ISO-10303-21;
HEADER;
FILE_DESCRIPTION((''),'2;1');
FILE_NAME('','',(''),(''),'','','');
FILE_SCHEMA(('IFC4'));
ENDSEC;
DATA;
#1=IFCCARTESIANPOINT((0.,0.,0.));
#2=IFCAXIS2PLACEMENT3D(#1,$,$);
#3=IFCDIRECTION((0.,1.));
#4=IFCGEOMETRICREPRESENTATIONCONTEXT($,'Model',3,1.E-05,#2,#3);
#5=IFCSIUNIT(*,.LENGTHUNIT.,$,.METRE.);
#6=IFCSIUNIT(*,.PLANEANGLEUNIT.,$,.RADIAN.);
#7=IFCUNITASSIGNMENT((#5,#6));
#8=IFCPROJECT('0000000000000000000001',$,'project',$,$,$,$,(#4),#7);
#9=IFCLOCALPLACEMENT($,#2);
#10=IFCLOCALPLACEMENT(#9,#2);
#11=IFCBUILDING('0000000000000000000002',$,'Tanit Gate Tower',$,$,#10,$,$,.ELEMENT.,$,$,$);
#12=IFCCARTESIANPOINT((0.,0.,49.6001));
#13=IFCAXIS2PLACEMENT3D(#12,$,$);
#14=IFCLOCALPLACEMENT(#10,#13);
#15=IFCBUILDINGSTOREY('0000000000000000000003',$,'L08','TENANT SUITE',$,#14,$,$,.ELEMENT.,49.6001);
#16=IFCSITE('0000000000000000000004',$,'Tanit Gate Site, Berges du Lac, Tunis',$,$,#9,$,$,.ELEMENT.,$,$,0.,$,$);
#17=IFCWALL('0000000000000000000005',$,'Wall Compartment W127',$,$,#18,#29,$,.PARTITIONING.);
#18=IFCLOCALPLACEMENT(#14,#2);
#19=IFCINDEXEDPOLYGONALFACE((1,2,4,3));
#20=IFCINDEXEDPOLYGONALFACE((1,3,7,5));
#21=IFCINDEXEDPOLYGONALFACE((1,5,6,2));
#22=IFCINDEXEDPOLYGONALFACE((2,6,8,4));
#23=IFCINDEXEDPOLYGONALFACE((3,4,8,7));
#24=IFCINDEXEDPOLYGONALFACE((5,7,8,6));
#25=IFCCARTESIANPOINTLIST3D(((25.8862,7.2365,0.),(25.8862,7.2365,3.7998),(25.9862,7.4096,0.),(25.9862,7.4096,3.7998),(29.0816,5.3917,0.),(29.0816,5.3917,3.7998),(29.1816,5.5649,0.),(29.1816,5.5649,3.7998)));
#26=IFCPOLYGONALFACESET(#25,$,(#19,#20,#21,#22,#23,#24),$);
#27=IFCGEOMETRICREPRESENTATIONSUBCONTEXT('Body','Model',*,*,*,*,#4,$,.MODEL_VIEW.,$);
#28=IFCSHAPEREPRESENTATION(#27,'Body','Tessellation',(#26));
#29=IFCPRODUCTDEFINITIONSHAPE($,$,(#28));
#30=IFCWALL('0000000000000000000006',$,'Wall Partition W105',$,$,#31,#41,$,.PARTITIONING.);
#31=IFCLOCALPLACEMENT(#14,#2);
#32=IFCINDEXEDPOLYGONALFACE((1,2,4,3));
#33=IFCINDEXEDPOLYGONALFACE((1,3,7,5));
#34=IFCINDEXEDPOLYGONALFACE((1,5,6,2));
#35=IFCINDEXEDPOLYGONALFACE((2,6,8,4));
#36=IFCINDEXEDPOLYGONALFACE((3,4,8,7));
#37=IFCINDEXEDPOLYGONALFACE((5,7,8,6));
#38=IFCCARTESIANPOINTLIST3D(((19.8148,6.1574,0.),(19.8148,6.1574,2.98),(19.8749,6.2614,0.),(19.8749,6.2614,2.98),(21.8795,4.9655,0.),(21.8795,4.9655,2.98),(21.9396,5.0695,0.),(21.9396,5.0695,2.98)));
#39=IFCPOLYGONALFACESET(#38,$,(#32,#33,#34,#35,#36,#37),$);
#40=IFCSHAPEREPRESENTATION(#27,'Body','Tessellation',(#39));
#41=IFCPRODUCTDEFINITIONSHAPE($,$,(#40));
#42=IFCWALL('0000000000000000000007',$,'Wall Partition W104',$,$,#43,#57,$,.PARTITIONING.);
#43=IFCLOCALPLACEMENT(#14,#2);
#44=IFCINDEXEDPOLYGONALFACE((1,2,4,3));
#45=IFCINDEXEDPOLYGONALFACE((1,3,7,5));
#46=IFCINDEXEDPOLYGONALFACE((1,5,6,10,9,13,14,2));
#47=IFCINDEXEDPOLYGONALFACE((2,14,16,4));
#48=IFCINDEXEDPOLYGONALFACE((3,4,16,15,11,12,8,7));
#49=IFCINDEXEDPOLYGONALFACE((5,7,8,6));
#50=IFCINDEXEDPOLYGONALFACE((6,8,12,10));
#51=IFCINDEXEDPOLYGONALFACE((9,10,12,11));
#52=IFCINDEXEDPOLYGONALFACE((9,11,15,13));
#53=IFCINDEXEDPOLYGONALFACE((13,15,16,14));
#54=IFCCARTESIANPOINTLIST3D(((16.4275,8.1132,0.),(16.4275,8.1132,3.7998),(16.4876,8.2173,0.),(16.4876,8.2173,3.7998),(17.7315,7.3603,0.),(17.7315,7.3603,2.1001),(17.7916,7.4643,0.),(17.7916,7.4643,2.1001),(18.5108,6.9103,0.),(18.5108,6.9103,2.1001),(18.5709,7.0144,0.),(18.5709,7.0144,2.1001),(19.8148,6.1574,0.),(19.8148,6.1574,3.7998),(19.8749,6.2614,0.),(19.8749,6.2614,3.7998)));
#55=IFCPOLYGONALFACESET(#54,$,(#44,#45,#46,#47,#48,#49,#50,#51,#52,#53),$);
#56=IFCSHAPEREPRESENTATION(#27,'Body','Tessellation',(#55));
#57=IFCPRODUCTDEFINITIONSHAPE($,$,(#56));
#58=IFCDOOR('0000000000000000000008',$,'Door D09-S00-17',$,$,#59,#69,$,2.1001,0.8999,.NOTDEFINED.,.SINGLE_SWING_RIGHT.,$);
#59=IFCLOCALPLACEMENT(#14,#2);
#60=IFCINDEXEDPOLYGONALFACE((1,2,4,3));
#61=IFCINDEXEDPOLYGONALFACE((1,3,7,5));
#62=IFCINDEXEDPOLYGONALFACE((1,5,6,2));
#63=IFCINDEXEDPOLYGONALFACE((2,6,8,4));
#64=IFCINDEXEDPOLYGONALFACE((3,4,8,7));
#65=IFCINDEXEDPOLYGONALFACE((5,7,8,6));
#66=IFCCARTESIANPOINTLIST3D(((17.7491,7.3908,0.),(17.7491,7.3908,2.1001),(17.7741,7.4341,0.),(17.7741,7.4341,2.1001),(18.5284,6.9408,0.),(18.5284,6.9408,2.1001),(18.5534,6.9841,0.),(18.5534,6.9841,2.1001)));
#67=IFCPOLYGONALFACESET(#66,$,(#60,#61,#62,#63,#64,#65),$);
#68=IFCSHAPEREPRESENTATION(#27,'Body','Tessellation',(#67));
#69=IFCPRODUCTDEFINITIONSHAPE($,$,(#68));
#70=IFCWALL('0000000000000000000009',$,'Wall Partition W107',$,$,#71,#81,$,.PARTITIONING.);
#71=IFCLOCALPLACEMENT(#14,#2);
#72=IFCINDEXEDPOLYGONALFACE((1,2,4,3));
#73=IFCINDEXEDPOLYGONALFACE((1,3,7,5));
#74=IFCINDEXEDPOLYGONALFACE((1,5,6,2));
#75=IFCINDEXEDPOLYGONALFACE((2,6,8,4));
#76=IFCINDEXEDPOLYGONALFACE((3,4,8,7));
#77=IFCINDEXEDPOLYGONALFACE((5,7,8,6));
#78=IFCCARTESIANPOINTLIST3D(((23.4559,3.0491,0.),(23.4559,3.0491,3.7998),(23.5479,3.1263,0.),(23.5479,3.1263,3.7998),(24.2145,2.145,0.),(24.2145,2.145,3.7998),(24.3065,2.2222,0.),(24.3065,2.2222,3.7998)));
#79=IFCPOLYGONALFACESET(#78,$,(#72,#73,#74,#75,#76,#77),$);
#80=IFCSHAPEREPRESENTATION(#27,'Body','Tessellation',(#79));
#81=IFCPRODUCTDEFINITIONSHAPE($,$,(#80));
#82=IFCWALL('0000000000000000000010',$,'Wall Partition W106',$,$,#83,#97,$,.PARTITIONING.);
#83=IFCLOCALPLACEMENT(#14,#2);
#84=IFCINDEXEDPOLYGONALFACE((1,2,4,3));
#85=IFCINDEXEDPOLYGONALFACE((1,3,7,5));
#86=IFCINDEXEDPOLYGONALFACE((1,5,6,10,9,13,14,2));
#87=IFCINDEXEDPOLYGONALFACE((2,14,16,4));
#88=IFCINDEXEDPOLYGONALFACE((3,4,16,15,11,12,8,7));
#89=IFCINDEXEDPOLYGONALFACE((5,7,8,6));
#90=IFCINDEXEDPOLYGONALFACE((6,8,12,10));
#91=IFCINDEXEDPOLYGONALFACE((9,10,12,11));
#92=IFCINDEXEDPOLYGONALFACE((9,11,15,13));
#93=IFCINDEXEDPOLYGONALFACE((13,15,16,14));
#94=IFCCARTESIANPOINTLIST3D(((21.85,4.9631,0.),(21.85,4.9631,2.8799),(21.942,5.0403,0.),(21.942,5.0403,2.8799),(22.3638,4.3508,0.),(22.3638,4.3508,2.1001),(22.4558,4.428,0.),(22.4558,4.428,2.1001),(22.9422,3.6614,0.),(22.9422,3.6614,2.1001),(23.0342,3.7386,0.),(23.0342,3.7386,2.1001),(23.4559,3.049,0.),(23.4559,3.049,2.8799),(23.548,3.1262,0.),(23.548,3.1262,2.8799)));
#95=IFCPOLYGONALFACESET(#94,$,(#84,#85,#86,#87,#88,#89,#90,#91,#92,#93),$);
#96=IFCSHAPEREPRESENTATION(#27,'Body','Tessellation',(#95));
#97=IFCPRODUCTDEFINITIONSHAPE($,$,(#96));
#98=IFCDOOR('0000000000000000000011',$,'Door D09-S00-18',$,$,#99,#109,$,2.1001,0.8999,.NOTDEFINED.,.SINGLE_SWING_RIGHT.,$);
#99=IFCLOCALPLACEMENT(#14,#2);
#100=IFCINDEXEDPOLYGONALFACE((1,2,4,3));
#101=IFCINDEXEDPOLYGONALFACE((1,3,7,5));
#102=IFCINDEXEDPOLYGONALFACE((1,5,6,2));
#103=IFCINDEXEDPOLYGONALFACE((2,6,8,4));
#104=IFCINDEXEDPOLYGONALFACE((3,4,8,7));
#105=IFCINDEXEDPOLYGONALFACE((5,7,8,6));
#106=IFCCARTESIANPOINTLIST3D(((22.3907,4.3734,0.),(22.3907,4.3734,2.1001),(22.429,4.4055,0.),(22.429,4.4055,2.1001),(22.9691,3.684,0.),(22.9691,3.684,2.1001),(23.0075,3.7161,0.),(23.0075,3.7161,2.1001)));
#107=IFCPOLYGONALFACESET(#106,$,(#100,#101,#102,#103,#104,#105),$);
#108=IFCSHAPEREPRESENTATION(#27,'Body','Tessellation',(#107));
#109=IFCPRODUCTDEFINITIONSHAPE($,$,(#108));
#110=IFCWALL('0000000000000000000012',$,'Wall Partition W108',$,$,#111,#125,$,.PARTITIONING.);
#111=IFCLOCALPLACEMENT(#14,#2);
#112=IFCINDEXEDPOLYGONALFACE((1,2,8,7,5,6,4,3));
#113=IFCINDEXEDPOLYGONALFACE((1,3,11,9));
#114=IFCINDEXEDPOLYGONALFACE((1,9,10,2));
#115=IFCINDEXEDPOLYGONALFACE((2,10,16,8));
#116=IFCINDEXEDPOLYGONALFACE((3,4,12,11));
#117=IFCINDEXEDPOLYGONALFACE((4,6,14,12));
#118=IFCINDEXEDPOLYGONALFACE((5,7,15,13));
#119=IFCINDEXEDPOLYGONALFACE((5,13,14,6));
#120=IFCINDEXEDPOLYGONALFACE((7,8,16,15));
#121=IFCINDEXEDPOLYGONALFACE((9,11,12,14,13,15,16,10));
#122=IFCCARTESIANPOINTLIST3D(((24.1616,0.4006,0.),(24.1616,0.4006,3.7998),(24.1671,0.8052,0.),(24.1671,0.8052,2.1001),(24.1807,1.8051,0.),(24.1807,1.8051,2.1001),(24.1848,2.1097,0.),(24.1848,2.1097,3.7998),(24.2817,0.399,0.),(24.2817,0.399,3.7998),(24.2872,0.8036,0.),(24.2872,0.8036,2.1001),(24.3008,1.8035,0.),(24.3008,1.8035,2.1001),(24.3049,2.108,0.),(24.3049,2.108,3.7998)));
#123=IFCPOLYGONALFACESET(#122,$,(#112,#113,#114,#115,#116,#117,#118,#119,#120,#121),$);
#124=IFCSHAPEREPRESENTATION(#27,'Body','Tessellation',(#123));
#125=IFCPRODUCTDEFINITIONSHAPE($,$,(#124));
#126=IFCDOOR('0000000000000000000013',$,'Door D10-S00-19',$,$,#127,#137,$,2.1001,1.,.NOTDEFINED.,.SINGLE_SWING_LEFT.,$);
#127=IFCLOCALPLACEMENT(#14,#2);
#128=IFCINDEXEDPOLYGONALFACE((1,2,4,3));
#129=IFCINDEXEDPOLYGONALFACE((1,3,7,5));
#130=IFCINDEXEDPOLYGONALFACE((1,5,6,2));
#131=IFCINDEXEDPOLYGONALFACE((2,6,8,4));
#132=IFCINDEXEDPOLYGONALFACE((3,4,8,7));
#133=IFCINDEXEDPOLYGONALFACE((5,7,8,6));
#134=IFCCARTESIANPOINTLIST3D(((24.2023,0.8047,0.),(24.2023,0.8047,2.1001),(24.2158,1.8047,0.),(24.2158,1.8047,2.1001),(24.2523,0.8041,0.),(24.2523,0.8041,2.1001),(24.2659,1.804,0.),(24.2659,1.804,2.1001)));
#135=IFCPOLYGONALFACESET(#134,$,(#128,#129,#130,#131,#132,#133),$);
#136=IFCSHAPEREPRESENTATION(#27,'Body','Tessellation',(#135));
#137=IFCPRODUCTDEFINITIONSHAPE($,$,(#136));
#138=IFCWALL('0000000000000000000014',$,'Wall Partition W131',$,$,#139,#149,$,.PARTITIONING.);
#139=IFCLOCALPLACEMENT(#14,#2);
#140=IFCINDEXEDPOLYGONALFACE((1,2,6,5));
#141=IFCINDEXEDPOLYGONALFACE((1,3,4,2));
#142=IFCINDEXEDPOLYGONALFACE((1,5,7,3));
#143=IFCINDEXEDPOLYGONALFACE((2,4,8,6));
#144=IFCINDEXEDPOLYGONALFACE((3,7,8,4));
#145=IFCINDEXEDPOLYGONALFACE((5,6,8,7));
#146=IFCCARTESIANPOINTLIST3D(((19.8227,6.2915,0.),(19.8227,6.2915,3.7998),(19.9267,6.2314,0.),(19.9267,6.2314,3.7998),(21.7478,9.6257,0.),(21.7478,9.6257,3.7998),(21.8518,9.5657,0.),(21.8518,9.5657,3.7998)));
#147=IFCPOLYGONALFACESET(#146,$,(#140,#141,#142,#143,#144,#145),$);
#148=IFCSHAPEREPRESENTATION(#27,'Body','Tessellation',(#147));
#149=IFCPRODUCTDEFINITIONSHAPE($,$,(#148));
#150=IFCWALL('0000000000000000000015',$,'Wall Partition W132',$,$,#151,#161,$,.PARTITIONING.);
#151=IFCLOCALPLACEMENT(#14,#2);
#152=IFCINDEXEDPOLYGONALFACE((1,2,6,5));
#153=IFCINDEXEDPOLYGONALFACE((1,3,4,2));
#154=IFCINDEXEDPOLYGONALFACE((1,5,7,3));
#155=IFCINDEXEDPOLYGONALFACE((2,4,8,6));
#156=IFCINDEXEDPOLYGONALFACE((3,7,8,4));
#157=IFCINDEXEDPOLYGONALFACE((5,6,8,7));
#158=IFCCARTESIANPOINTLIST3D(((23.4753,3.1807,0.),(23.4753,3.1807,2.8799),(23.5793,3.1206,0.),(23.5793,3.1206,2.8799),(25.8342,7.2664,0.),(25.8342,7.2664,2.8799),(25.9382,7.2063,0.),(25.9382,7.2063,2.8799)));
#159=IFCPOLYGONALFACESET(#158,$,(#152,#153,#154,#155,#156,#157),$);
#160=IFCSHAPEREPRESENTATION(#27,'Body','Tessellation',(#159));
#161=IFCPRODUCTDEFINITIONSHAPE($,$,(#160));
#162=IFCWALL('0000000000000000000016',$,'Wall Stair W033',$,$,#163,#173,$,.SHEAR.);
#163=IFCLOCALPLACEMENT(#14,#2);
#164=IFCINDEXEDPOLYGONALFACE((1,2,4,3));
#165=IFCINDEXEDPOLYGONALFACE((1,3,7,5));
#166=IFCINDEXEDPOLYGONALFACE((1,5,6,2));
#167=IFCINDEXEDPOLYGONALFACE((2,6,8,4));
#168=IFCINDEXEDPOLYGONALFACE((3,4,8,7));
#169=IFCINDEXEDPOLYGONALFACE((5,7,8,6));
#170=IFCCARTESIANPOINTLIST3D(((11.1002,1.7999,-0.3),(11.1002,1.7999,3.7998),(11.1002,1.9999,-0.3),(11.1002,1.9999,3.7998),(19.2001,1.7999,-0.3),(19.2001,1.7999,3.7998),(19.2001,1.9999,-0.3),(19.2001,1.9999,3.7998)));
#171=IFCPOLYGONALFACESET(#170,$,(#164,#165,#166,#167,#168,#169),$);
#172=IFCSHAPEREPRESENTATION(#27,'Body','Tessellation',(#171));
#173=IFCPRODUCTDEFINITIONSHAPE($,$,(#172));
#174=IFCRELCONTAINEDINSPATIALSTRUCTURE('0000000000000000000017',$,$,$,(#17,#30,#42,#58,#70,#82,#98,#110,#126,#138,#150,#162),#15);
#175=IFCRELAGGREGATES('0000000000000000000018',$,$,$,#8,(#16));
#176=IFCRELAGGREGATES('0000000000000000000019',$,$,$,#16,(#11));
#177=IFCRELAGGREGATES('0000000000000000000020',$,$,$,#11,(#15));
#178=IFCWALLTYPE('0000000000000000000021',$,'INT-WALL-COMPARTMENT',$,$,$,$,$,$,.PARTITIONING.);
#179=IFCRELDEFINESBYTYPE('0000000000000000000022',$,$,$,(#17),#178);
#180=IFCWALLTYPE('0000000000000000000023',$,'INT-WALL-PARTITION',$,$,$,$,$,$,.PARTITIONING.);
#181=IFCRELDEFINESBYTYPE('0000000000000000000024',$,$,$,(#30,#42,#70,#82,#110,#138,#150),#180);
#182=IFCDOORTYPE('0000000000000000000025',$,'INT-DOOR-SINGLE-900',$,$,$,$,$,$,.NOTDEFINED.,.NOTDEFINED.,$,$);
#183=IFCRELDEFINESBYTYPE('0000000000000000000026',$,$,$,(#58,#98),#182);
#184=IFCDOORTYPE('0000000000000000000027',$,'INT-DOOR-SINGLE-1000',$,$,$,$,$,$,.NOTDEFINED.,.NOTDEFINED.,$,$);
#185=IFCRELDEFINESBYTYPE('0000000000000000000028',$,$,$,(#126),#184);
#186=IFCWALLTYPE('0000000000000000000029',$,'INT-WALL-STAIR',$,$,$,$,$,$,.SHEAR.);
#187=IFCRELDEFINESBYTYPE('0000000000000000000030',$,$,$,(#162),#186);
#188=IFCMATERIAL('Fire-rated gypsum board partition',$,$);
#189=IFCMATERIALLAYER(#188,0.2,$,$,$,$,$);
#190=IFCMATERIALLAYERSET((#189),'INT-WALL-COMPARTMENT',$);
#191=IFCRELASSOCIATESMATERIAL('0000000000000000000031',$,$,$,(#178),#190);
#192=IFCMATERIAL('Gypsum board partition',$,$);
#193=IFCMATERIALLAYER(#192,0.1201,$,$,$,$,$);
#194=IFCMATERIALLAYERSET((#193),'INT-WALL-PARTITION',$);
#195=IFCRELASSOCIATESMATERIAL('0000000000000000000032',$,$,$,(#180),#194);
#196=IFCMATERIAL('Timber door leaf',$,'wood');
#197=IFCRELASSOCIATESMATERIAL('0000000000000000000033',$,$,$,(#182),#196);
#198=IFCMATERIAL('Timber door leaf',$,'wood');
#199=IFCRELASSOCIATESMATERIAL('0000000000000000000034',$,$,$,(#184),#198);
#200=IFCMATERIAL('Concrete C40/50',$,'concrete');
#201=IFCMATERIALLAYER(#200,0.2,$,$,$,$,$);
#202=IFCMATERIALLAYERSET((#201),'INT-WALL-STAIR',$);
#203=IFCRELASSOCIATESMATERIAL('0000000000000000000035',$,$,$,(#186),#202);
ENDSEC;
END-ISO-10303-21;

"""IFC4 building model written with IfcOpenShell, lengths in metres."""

from ifc_helpers import new_model, si_unit, direction, frame, frame_2d, origin, place, context, subcontext, project, spatial, rectangle, extrude, material, layer, layer_set, type_object, element, fill, save


model = new_model("IFC4")

# Units and contexts
model_context = context("Model", 3, precision=1e-05, world=origin(), true_north=direction((0.0, 1.0)))
body_context = subcontext(model_context, "Body", "Model", "MODEL_VIEW")
ifc_project = project(units=[si_unit("LENGTHUNIT", "METRE"), si_unit("PLANEANGLEUNIT", "RADIAN")], contexts=[model_context])

# Site, building, storey
site_placement = place(None, origin())
site = spatial("IfcSite", under=ifc_project, at=site_placement, Name="Tanit Gate Site, Berges du Lac, Tunis", CompositionType="ELEMENT", RefElevation=0.0)
building_placement = place(site_placement, origin())
building = spatial("IfcBuilding", under=site, at=building_placement, Name="Tanit Gate Tower", CompositionType="ELEMENT")
storey_placement = place(building_placement, frame((0.0, 0.0, 49.6001)))
storey = spatial("IfcBuildingStorey", under=building, at=storey_placement, Name="L08", Description="TENANT SUITE", CompositionType="ELEMENT", Elevation=49.6001)

# Walls
ifc_material_1 = material(Name="Fire-rated gypsum board partition")
ifc_layer_1 = layer(ifc_material_1, 0.2)
ifc_layer_set_1 = layer_set([ifc_layer_1], Name="INT-WALL-COMPARTMENT")
wall_type_1 = type_object("IfcWallType", Name="INT-WALL-COMPARTMENT", PredefinedType="PARTITIONING", material=ifc_layer_set_1)
wall_1_placement = place(storey_placement, frame((25.9363, 7.323, 0.0), z_axis=(0.0, 0.0, 1.0), x_axis=(0.866036, -0.499982, 0.0)))
element("IfcWall", 1, at=wall_1_placement, inside=storey, type_object=wall_type_1, Name="Wall Compartment W127", PredefinedType="PARTITIONING", context=body_context, shape_type="SweptSolid", body=[
    extrude(rectangle(XDim=3.6897, YDim=0.2, at=frame_2d((1.8447, 0.0))), origin(), (0.0, 0.0, 1.0), 3.7998),
])
ifc_material_2 = material(Name="Gypsum board partition")
ifc_layer_2 = layer(ifc_material_2, 0.1201)
ifc_layer_set_2 = layer_set([ifc_layer_2], Name="INT-WALL-PARTITION")
wall_type_2 = type_object("IfcWallType", Name="INT-WALL-PARTITION", PredefinedType="PARTITIONING", material=ifc_layer_set_2)
wall_2_placement = place(storey_placement, frame((21.9094, 5.0176, 0.0), z_axis=(0.0, 0.0, 1.0), x_axis=(-0.866054, 0.49995, 0.0)))
element("IfcWall", 2, at=wall_2_placement, inside=storey, type_object=wall_type_2, Name="Wall Partition W105", PredefinedType="PARTITIONING", context=body_context, shape_type="SweptSolid", body=[
    extrude(rectangle(XDim=2.384, YDim=0.1201, at=frame_2d((1.1919, 0.0))), origin(), (0.0, 0.0, 1.0), 2.98),
])

# Wall, opening, door
wall_3_placement = place(storey_placement, frame((19.8447, 6.2095, 0.0), z_axis=(0.0, 0.0, 1.0), x_axis=(-0.866003, 0.500039, 0.0)))
wall_3 = element("IfcWall", 3, at=wall_3_placement, inside=storey, type_object=wall_type_2, Name="Wall Partition W104", PredefinedType="PARTITIONING", context=body_context, shape_type="SweptSolid", body=[
    extrude(rectangle(XDim=3.9114, YDim=0.1201, at=frame_2d((1.9556, 0.0))), origin(), (0.0, 0.0, 1.0), 3.7998),
])
opening_1_placement = place(wall_3_placement, frame((1.5056, 0.0, 0.0)))
opening_1 = element("IfcOpeningElement", 4, at=opening_1_placement, cuts=wall_3, PredefinedType="OPENING", context=body_context, shape_type="SweptSolid", body=[
    extrude(rectangle(XDim=0.8999, YDim=2.1001, at=frame_2d((0.45, 1.05))), frame((0.0, 0.0701, 0.0), z_axis=(0.0, -1.0, 0.0), x_axis=(1.0, 0.0, 0.0)), (0.0, 0.0, 1.0), 0.1401),
])
ifc_material_3 = material(Name="Timber door leaf", Category="wood")
door_type_1 = type_object("IfcDoorType", Name="INT-DOOR-SINGLE-900", OperationType="NOTDEFINED", PredefinedType="NOTDEFINED", material=ifc_material_3)
door_1_placement = place(opening_1_placement, origin())
door_1 = element("IfcDoor", 5, at=door_1_placement, inside=storey, type_object=door_type_1, Name="Door D09-S00-17", OperationType="SINGLE_SWING_RIGHT", OverallHeight=2.1001, OverallWidth=0.8999, PredefinedType="NOTDEFINED", context=body_context, shape_type="SweptSolid", body=[
    extrude(rectangle(XDim=0.8999, YDim=2.1001, at=frame_2d((0.45, 1.05))), frame((0.0, 0.0249, 0.0), z_axis=(0.0, -1.0, 0.0), x_axis=(1.0, 0.0, 0.0)), (0.0, 0.0, 1.0), 0.05),
])
fill(opening_1, door_1)

# Wall
wall_4_placement = place(storey_placement, frame((24.2605, 2.1836, 0.0), z_axis=(0.0, 0.0, 1.0), x_axis=(-0.642765, 0.766063, 0.0)))
element("IfcWall", 6, at=wall_4_placement, inside=storey, type_object=wall_type_2, Name="Wall Partition W107", PredefinedType="PARTITIONING", context=body_context, shape_type="SweptSolid", body=[
    extrude(rectangle(XDim=1.1802, YDim=0.1201, at=frame_2d((0.5901, 0.0))), origin(), (0.0, 0.0, 1.0), 3.7998),
])

# Walls, openings, doors
wall_5_placement = place(storey_placement, frame((23.502, 3.0876, 0.0), z_axis=(0.0, 0.0, 1.0), x_axis=(-0.642757, 0.76607, 0.0)))
wall_5 = element("IfcWall", 7, at=wall_5_placement, inside=storey, type_object=wall_type_2, Name="Wall Partition W106", PredefinedType="PARTITIONING", context=body_context, shape_type="SweptSolid", body=[
    extrude(rectangle(XDim=2.4985, YDim=0.1201, at=frame_2d((1.2493, 0.0))), origin(), (0.0, 0.0, 1.0), 2.8799),
])
opening_2_placement = place(wall_5_placement, frame((0.7993, 0.0, 0.0)))
opening_2 = element("IfcOpeningElement", 8, at=opening_2_placement, cuts=wall_5, PredefinedType="OPENING", context=body_context, shape_type="SweptSolid", body=[
    extrude(rectangle(XDim=0.8999, YDim=2.1001, at=frame_2d((0.45, 1.05))), frame((0.0, 0.0701, 0.0), z_axis=(0.0, -1.0, 0.0), x_axis=(1.0, 0.0, 0.0)), (0.0, 0.0, 1.0), 0.1401),
])
door_2_placement = place(opening_2_placement, origin())
door_2 = element("IfcDoor", 9, at=door_2_placement, inside=storey, type_object=door_type_1, Name="Door D09-S00-18", OperationType="SINGLE_SWING_RIGHT", OverallHeight=2.1001, OverallWidth=0.8999, PredefinedType="NOTDEFINED", context=body_context, shape_type="SweptSolid", body=[
    extrude(rectangle(XDim=0.8999, YDim=2.1001, at=frame_2d((0.45, 1.05))), frame((0.0, 0.0249, 0.0), z_axis=(0.0, -1.0, 0.0), x_axis=(1.0, 0.0, 0.0)), (0.0, 0.0, 1.0), 0.05),
])
fill(opening_2, door_2)
wall_6_placement = place(storey_placement, frame((24.2217, 0.3999, 0.0), z_axis=(0.0, 0.0, 1.0), x_axis=(0.01357, 0.999908, 0.0)))
wall_6 = element("IfcWall", 10, at=wall_6_placement, inside=storey, type_object=wall_type_2, Name="Wall Partition W108", PredefinedType="PARTITIONING", context=body_context, shape_type="SweptSolid", body=[
    extrude(rectangle(XDim=1.7092, YDim=0.1201, at=frame_2d((0.8545, 0.0))), origin(), (0.0, 0.0, 1.0), 3.7998),
])
opening_3_placement = place(wall_6_placement, frame((0.4045, 0.0, 0.0)))
opening_3 = element("IfcOpeningElement", 11, at=opening_3_placement, cuts=wall_6, PredefinedType="OPENING", context=body_context, shape_type="SweptSolid", body=[
    extrude(rectangle(XDim=1.0, YDim=2.1001, at=frame_2d((0.5, 1.05))), frame((0.0, 0.0701, 0.0), z_axis=(0.0, -1.0, 0.0), x_axis=(1.0, 0.0, 0.0)), (0.0, 0.0, 1.0), 0.1401),
])
ifc_material_4 = material(Name="Timber door leaf", Category="wood")
door_type_2 = type_object("IfcDoorType", Name="INT-DOOR-SINGLE-1000", OperationType="NOTDEFINED", PredefinedType="NOTDEFINED", material=ifc_material_4)
door_3_placement = place(opening_3_placement, origin())
door_3 = element("IfcDoor", 12, at=door_3_placement, inside=storey, type_object=door_type_2, Name="Door D10-S00-19", OperationType="SINGLE_SWING_LEFT", OverallHeight=2.1001, OverallWidth=1.0, PredefinedType="NOTDEFINED", context=body_context, shape_type="SweptSolid", body=[
    extrude(rectangle(XDim=1.0, YDim=2.1001, at=frame_2d((0.5, 1.05))), frame((0.0, 0.0249, 0.0), z_axis=(0.0, -1.0, 0.0), x_axis=(1.0, 0.0, 0.0)), (0.0, 0.0, 1.0), 0.05),
])
fill(opening_3, door_3)

# Walls
wall_7_placement = place(storey_placement, frame((21.7998, 9.5957, 0.0), z_axis=(0.0, 0.0, 1.0), x_axis=(-0.500006, -0.866022, 0.0)))
element("IfcWall", 13, at=wall_7_placement, inside=storey, type_object=wall_type_2, Name="Wall Partition W131", PredefinedType="PARTITIONING", context=body_context, shape_type="SweptSolid", body=[
    extrude(rectangle(XDim=3.8501, YDim=0.1201, at=frame_2d((1.925, 0.0))), origin(), (0.0, 0.0, 1.0), 3.7998),
])
wall_8_placement = place(storey_placement, frame((25.8862, 7.2363, 0.0), z_axis=(0.0, 0.0, 1.0), x_axis=(-0.500002, -0.866024, 0.0)))
element("IfcWall", 14, at=wall_8_placement, inside=storey, type_object=wall_type_2, Name="Wall Partition W132", PredefinedType="PARTITIONING", context=body_context, shape_type="SweptSolid", body=[
    extrude(rectangle(XDim=4.7178, YDim=0.1201, at=frame_2d((2.3589, 0.0))), origin(), (0.0, 0.0, 1.0), 2.8799),
])
ifc_material_5 = material(Name="Concrete C40/50", Category="concrete")
ifc_layer_3 = layer(ifc_material_5, 0.2)
ifc_layer_set_3 = layer_set([ifc_layer_3], Name="INT-WALL-STAIR")
wall_type_3 = type_object("IfcWallType", Name="INT-WALL-STAIR", PredefinedType="SHEAR", material=ifc_layer_set_3)
wall_9_placement = place(storey_placement, frame((19.2, 1.8999, -0.3), z_axis=(0.0, 0.0, 1.0), x_axis=(-1.0, 0.0, 0.0)))
element("IfcWall", 15, at=wall_9_placement, inside=storey, type_object=wall_type_3, Name="Wall Stair W033", PredefinedType="SHEAR", context=body_context, shape_type="SweptSolid", body=[
    extrude(rectangle(XDim=8.0999, YDim=0.2, at=frame_2d((4.0498, 0.0))), origin(), (0.0, 0.0, 1.0), 4.0999),
])

save(model, "model.ifc")
